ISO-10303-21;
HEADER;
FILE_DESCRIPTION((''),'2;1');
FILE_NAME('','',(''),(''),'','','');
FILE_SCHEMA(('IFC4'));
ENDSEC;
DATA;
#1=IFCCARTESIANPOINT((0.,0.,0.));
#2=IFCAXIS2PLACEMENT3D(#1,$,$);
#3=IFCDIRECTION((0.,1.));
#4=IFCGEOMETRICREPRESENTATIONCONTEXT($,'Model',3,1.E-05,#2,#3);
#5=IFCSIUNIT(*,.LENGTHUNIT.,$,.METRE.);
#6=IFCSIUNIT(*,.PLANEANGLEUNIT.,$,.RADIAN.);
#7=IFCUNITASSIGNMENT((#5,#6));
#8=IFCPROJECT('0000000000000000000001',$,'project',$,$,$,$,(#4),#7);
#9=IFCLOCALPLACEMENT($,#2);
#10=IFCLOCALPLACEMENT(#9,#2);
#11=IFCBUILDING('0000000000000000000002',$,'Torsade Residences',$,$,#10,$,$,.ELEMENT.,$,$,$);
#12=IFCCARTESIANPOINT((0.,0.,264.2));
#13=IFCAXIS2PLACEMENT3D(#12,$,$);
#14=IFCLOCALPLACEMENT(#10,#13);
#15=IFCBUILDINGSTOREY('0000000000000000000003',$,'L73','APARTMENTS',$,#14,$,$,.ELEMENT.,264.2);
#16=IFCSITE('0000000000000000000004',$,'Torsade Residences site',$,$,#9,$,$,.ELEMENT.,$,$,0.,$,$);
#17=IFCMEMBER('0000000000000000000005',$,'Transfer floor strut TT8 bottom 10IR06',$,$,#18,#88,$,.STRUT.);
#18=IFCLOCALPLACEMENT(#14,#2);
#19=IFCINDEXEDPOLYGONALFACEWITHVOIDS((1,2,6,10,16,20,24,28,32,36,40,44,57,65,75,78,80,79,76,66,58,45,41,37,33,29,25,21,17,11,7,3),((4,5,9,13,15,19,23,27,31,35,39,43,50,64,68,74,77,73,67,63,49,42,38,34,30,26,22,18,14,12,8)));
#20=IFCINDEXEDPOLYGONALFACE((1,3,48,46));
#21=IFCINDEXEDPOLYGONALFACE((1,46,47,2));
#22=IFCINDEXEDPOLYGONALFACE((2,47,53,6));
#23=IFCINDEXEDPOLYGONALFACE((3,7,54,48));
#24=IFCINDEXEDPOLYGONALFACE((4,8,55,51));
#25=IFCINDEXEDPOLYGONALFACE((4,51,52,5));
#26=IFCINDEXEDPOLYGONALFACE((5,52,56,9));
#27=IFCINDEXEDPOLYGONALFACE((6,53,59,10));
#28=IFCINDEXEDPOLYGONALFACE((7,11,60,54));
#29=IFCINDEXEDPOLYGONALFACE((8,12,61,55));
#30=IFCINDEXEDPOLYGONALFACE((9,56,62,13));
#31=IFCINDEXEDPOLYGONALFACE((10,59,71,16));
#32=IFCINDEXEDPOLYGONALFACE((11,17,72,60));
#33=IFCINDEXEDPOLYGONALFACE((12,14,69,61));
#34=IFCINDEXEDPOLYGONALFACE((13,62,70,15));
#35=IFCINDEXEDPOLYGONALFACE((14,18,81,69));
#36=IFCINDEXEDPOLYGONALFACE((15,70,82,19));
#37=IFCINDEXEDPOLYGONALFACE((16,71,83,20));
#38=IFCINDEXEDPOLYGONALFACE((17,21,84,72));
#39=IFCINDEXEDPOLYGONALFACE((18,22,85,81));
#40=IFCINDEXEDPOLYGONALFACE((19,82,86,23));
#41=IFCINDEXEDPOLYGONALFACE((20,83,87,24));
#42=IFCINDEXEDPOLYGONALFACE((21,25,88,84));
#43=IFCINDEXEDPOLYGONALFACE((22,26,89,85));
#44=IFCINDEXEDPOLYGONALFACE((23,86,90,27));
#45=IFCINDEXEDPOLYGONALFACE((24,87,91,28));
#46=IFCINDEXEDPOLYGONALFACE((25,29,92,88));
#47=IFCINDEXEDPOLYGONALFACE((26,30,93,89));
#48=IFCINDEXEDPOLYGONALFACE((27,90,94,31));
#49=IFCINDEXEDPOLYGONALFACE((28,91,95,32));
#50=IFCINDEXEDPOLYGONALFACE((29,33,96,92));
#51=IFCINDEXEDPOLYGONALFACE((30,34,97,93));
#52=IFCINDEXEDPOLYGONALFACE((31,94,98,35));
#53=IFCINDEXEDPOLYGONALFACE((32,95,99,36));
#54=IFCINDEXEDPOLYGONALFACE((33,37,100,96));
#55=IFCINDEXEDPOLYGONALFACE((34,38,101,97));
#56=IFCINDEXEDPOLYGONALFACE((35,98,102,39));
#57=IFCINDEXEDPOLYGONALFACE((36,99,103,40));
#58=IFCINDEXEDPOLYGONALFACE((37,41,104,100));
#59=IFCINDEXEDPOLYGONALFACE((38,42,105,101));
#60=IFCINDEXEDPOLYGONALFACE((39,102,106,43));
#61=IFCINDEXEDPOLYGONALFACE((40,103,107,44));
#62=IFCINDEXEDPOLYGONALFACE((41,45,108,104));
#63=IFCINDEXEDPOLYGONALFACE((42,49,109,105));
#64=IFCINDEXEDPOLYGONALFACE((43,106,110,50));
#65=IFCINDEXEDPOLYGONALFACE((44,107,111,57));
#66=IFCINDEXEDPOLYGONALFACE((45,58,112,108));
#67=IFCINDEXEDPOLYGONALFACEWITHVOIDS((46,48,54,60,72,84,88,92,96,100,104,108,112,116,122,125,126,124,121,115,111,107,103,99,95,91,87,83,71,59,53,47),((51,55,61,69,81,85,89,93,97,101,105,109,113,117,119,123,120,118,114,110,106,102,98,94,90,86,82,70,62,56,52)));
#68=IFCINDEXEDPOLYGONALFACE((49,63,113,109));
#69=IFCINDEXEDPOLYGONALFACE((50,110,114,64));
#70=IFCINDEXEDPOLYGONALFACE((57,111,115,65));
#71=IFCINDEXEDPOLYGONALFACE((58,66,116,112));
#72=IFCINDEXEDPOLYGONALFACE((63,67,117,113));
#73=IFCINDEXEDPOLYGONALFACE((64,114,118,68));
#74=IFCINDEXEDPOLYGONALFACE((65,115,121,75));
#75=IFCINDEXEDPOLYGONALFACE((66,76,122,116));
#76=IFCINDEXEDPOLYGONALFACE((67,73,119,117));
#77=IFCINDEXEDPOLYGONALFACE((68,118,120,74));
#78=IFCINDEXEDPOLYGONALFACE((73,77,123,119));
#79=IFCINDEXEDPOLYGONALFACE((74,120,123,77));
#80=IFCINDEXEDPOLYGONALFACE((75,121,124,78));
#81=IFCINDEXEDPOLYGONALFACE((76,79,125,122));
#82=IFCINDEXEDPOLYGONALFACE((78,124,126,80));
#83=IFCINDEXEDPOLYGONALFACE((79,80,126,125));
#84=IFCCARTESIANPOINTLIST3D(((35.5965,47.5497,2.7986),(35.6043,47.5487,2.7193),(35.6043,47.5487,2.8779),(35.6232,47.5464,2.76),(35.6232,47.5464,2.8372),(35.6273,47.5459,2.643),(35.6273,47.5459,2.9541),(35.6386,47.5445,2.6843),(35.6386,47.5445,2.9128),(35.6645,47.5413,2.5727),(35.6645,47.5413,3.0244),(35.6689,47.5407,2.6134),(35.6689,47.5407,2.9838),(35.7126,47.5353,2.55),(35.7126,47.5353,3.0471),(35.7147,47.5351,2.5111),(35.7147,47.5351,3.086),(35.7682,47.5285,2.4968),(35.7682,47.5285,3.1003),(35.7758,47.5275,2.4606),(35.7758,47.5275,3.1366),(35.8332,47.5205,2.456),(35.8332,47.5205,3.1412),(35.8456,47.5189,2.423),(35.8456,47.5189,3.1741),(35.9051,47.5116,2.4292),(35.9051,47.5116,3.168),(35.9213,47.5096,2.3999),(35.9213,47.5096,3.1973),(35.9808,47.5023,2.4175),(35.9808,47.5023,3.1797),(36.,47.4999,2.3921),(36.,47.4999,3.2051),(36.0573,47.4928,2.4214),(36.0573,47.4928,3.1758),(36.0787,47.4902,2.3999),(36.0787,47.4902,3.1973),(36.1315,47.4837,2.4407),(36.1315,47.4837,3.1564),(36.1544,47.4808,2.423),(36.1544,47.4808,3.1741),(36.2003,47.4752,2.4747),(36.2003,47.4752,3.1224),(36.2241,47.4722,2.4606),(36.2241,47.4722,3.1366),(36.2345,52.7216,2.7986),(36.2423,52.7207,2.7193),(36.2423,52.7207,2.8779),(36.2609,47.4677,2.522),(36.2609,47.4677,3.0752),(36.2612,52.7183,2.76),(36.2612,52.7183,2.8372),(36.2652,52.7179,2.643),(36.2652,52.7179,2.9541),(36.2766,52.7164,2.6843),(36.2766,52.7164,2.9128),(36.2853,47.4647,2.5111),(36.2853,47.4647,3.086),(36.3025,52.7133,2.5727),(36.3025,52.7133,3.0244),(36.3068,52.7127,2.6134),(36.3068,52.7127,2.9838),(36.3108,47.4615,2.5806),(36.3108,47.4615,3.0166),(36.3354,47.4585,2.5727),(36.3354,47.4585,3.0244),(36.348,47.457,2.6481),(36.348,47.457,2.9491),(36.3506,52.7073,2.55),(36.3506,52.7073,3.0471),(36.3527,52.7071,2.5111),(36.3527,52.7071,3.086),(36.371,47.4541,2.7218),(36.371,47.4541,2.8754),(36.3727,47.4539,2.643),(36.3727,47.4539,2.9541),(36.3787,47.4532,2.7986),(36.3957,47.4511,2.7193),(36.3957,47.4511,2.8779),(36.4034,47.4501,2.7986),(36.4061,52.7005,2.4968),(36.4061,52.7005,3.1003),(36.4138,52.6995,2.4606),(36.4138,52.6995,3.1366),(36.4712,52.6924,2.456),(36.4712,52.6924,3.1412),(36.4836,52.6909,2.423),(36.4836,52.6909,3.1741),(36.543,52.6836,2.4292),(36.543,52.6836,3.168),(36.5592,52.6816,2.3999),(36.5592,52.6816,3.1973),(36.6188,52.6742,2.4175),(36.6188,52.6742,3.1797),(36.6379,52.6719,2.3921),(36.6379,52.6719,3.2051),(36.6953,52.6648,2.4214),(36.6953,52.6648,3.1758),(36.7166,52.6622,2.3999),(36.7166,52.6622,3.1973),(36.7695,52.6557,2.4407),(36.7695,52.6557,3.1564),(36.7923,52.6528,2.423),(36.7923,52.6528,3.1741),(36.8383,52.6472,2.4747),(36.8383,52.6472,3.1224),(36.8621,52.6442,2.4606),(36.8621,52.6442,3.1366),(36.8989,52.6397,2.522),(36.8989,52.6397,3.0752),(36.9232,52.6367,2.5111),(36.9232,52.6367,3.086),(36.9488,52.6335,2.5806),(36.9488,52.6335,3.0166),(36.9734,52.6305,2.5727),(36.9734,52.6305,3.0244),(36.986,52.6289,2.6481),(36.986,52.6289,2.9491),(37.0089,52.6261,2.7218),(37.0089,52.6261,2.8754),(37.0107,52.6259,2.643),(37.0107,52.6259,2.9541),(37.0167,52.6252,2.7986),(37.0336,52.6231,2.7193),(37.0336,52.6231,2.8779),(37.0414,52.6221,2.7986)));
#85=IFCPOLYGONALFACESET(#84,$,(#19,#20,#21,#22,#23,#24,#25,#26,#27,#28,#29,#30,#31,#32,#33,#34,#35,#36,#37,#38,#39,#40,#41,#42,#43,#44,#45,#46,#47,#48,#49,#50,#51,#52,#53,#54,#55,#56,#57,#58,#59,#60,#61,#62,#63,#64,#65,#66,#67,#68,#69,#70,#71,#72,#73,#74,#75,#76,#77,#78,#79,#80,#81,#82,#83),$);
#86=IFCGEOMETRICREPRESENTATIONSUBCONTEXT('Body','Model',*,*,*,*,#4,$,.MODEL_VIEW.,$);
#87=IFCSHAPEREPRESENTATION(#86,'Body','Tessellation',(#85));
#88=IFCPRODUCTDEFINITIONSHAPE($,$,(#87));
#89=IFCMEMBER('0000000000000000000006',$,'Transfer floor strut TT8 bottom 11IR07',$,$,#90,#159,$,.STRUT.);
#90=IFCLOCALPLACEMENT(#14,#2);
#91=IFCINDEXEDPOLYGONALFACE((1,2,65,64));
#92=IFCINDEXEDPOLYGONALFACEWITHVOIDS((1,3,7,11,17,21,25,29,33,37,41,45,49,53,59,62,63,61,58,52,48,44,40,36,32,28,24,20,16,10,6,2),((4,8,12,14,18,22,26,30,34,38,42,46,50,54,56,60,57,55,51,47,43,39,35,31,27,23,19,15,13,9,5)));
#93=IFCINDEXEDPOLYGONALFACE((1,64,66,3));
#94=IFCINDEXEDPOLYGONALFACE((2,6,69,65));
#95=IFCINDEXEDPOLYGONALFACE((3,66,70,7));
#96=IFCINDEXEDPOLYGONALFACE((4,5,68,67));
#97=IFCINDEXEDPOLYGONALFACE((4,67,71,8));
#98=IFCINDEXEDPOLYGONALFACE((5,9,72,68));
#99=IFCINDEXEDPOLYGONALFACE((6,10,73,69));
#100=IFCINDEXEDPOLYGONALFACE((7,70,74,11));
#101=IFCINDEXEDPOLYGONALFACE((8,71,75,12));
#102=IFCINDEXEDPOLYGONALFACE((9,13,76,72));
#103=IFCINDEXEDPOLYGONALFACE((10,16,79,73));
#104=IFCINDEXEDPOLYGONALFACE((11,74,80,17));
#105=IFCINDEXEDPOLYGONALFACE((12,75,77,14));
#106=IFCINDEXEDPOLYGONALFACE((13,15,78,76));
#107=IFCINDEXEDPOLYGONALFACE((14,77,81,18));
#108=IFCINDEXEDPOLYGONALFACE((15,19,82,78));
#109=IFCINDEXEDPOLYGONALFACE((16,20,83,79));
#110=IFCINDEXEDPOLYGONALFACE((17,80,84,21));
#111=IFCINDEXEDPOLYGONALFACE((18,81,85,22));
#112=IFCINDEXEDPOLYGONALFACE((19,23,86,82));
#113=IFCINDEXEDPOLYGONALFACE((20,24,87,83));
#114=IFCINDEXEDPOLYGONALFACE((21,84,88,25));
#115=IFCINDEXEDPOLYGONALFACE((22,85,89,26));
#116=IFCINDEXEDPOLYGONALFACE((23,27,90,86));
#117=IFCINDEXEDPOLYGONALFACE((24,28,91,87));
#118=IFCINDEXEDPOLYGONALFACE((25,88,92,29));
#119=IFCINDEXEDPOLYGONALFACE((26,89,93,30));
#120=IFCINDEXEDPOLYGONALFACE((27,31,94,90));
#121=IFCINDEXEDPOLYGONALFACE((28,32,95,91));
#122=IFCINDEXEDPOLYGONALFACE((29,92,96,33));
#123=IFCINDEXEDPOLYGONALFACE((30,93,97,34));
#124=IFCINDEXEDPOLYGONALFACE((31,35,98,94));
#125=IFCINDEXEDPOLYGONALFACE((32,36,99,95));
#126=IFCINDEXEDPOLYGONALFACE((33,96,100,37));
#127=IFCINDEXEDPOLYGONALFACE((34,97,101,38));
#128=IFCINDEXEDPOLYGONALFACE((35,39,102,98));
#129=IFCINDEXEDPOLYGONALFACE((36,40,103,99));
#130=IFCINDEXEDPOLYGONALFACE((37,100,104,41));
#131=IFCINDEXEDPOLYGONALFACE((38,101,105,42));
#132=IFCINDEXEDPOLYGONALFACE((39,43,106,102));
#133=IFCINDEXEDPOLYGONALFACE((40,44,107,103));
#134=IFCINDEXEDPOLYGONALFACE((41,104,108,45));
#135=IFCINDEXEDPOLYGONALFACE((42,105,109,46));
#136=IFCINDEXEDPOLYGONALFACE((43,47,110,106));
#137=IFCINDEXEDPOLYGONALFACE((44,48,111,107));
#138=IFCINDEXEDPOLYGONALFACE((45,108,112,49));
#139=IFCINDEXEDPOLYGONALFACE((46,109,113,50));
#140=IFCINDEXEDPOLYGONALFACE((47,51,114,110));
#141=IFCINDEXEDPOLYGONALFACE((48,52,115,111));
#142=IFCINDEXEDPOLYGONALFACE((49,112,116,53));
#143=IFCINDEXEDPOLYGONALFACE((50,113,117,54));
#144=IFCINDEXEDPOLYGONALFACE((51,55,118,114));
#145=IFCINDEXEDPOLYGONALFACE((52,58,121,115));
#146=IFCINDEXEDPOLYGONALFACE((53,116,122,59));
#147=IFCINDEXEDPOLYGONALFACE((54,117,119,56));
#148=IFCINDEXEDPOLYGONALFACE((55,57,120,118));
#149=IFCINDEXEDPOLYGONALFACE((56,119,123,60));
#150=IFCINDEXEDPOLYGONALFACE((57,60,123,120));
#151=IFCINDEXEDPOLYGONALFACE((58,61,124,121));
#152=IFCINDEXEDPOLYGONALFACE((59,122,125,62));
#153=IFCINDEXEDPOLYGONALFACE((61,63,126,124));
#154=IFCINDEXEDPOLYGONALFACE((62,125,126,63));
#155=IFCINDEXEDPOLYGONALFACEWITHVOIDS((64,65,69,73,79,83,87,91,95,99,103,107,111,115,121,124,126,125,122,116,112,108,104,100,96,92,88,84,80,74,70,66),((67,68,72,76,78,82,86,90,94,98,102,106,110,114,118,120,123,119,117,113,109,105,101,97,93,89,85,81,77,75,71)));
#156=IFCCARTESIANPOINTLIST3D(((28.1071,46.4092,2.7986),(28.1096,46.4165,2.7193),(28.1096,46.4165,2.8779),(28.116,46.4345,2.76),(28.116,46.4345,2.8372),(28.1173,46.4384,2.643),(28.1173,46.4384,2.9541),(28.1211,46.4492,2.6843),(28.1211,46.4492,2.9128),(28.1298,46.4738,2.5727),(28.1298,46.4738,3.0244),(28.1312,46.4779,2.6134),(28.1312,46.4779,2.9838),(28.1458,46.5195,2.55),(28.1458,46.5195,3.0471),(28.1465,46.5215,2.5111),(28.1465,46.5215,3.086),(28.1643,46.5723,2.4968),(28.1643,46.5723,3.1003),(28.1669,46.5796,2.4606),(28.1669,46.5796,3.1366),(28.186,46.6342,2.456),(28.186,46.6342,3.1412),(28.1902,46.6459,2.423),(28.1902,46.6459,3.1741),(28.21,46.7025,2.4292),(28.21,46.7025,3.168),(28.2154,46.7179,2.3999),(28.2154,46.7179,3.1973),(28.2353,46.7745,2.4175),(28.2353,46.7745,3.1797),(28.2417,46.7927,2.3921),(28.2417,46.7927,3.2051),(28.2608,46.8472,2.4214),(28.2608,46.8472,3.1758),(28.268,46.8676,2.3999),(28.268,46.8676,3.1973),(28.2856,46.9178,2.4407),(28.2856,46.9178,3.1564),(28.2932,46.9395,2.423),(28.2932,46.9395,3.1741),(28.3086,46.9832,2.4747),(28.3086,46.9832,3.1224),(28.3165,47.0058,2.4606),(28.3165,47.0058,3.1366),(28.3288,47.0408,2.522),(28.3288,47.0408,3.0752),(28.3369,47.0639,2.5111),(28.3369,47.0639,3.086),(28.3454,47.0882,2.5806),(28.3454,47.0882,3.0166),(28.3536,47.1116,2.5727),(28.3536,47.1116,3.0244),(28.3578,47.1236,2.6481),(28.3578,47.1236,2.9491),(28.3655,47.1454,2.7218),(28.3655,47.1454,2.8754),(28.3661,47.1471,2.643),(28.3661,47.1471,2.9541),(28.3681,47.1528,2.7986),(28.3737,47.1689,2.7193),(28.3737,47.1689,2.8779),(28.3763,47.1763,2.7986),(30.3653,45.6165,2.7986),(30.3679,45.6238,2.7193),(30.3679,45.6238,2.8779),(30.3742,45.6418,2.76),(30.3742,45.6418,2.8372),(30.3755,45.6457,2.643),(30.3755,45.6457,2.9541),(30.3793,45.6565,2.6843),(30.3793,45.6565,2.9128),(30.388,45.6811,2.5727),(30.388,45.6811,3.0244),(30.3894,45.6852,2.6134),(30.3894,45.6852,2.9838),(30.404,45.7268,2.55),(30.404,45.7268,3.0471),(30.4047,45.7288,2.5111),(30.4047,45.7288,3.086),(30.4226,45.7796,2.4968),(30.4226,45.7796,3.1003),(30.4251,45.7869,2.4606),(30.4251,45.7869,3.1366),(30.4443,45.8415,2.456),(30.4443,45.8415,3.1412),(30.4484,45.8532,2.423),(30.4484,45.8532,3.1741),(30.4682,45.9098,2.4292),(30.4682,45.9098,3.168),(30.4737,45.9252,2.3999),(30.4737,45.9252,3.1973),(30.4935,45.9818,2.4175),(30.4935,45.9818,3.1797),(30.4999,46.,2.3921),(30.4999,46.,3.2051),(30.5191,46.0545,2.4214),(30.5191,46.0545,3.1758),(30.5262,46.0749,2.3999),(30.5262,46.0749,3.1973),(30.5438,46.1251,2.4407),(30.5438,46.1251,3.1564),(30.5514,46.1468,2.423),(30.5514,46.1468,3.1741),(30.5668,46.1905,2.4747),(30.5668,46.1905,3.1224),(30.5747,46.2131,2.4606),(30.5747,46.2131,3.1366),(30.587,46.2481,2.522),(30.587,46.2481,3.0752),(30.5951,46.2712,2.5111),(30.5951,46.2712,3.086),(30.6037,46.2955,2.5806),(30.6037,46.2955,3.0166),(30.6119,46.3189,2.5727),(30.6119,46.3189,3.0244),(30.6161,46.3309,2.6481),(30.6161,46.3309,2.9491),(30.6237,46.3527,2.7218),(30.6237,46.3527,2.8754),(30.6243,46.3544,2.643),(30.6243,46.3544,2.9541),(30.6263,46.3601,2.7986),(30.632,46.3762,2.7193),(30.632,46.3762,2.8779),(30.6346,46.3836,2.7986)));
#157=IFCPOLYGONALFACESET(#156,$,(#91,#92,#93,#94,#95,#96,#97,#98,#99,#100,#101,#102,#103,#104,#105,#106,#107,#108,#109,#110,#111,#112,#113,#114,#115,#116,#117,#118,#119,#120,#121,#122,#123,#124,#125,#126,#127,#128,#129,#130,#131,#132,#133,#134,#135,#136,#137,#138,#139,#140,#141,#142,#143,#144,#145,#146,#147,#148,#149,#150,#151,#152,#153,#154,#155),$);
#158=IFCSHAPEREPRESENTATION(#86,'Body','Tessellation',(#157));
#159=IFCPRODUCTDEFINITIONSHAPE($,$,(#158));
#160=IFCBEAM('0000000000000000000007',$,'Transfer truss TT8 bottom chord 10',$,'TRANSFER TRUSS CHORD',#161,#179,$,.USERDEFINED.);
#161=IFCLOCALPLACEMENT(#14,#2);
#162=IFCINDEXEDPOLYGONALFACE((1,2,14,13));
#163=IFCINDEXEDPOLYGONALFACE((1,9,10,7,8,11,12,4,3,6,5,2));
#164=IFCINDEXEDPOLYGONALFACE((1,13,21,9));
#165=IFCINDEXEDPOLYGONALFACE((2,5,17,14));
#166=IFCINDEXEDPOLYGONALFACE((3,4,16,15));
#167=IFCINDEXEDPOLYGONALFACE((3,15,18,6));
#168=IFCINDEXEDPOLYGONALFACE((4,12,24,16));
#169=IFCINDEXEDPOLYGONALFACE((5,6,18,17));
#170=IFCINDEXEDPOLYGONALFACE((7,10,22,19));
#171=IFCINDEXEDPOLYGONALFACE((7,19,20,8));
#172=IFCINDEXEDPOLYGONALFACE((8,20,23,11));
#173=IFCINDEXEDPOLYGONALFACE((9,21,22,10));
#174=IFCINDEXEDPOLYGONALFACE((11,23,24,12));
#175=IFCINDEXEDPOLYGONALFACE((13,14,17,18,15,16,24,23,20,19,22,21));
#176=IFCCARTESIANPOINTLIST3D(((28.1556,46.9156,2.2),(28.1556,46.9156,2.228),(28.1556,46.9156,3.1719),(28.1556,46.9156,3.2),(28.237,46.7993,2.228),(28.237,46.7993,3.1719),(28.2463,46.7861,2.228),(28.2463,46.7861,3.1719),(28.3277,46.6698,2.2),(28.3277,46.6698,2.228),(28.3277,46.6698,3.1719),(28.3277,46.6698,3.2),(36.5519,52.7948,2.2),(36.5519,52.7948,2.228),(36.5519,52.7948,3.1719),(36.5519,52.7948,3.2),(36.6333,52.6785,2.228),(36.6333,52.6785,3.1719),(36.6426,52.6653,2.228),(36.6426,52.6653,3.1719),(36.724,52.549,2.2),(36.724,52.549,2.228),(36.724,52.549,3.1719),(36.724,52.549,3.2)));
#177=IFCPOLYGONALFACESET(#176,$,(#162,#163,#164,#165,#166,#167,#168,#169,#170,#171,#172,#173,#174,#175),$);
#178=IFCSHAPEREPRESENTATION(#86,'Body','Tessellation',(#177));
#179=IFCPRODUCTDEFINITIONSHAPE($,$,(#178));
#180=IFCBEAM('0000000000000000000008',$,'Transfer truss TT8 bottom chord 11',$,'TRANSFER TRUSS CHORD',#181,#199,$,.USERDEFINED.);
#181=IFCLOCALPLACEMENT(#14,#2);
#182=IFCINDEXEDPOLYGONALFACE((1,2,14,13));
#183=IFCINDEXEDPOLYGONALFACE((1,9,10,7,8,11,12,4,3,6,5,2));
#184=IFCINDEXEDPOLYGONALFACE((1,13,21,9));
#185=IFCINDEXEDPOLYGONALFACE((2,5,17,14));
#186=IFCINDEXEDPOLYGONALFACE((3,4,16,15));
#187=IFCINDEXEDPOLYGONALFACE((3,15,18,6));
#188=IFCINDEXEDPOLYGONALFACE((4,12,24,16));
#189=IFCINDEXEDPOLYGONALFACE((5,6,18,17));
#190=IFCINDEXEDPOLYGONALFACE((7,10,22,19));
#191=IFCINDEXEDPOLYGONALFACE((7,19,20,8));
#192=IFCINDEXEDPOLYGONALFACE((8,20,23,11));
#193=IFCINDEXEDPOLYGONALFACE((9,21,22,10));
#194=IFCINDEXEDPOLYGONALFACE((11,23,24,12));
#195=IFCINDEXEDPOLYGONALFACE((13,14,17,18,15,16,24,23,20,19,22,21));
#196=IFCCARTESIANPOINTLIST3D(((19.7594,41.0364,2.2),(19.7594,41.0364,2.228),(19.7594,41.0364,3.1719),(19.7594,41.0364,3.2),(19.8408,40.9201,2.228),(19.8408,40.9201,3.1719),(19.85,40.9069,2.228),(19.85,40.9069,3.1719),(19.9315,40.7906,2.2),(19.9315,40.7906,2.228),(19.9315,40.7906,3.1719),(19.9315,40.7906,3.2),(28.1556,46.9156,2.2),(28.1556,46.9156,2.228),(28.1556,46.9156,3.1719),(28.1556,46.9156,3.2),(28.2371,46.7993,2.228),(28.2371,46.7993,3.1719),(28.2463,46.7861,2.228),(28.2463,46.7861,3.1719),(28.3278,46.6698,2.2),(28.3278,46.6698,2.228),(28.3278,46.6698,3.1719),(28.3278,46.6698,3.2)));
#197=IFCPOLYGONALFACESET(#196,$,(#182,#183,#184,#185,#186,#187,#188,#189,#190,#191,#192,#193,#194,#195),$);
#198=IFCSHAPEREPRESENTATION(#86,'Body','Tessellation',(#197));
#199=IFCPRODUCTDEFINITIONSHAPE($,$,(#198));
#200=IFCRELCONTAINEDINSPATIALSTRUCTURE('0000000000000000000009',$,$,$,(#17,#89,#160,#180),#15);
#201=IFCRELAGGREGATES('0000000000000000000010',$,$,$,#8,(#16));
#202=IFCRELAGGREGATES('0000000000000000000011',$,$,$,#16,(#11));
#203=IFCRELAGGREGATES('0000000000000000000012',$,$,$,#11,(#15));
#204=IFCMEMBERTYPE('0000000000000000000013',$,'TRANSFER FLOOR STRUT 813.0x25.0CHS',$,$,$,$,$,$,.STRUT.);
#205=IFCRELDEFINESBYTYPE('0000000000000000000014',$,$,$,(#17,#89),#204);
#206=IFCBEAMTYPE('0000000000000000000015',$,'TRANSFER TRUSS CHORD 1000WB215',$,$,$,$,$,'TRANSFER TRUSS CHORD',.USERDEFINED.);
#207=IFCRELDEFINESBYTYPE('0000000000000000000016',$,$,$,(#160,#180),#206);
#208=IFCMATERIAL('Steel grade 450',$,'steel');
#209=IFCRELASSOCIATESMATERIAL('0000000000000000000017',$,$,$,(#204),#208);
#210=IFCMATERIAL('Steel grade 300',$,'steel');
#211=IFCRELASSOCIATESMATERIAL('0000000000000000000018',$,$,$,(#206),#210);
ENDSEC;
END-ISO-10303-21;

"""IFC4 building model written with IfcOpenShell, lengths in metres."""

from ifc_helpers import new_model, si_unit, direction, frame, origin, origin_2d, place, context, subcontext, project, spatial, hollow_circle, i_section, extrude, material, material_profile, profile_set, type_object, element, save


model = new_model("IFC4")

# Units and contexts
model_context = context("Model", 3, precision=1e-05, world=origin(), true_north=direction((0.0, 1.0)))
body_context = subcontext(model_context, "Body", "Model", "MODEL_VIEW")
ifc_project = project(units=[si_unit("LENGTHUNIT", "METRE"), si_unit("PLANEANGLEUNIT", "RADIAN")], contexts=[model_context])

# Site, building, storey
site_placement = place(None, origin())
site = spatial("IfcSite", under=ifc_project, at=site_placement, Name="Torsade Residences site", CompositionType="ELEMENT", RefElevation=0.0)
building_placement = place(site_placement, origin())
building = spatial("IfcBuilding", under=site, at=building_placement, Name="Torsade Residences", CompositionType="ELEMENT")
storey_placement = place(building_placement, frame((0.0, 0.0, 264.2)))
storey = spatial("IfcBuildingStorey", under=building, at=storey_placement, Name="L73", Description="APARTMENTS", CompositionType="ELEMENT", Elevation=264.2)

# Members
ifc_material_1 = material(Name="Steel grade 450", Category="steel")
ifc_material_profile_1 = material_profile(ifc_material_1, hollow_circle(Radius=0.4065, WallThickness=0.0249, at=origin_2d()), Name="813.0x25.0CHS")
ifc_profile_set_1 = profile_set([ifc_material_profile_1], Name="Steel grade 450")
member_type_1 = type_object("IfcMemberType", Name="TRANSFER FLOOR STRUT 813.0x25.0CHS", PredefinedType="STRUT", material=ifc_profile_set_1)
member_1_placement = place(storey_placement, frame((36.6379, 52.6719, 2.7986), z_axis=(-0.12242, -0.992478, 0.0), x_axis=(0.992478, -0.12242, 0.0)))
element("IfcMember", 1, at=member_1_placement, inside=storey, type_object=member_type_1, Name="Transfer floor strut TT8 bottom 10IR06", PredefinedType="STRUT", context=body_context, shape_type="SweptSolid", body=[
    extrude(hollow_circle(Radius=0.4065, WallThickness=0.0249, at=origin_2d()), origin(), (0.0, 0.0, 1.0), 5.2112),
])
member_2_placement = place(storey_placement, frame((28.2417, 46.7927, 2.7986), z_axis=(0.943556, -0.331214, 0.0), x_axis=(0.331214, 0.943556, 0.0)))
element("IfcMember", 2, at=member_2_placement, inside=storey, type_object=member_type_1, Name="Transfer floor strut TT8 bottom 11IR07", PredefinedType="STRUT", context=body_context, shape_type="SweptSolid", body=[
    extrude(hollow_circle(Radius=0.4065, WallThickness=0.0249, at=origin_2d()), origin(), (0.0, 0.0, 1.0), 2.3933),
])

# Beams
ifc_material_2 = material(Name="Steel grade 300", Category="steel")
ifc_material_profile_2 = material_profile(ifc_material_2, i_section(OverallWidth=0.3, OverallDepth=1.0, WebThickness=0.0161, FlangeThickness=0.0281, at=origin_2d()), Name="1000WB215")
ifc_profile_set_2 = profile_set([ifc_material_profile_2], Name="Steel grade 300")
beam_type_1 = type_object("IfcBeamType", Name="TRANSFER TRUSS CHORD 1000WB215", ElementType="TRANSFER TRUSS CHORD", PredefinedType="USERDEFINED", material=ifc_profile_set_2)
for number, where, z_axis, x_axis, name in (
    (3, (36.6379, 52.6719, 2.7), (-0.81915, -0.573579, 0.0), (0.573579, -0.81915, 0.0), "Transfer truss TT8 bottom chord 10"),
    (4, (28.2417, 46.7927, 2.7), (-0.81915, -0.573579, 0.0), (0.573579, -0.81915, 0.0), "Transfer truss TT8 bottom chord 11"),
):
    element("IfcBeam", number, at=place(storey_placement, frame(where, z_axis=z_axis, x_axis=x_axis)), inside=storey, type_object=beam_type_1, Name=name, ObjectType="TRANSFER TRUSS CHORD", PredefinedType="USERDEFINED", context=body_context, shape_type="SweptSolid", body=[
        extrude(i_section(OverallWidth=0.3, OverallDepth=1.0, WebThickness=0.0161, FlangeThickness=0.0281, at=origin_2d()), origin(), (0.0, 0.0, 1.0), 10.25),
    ])

save(model, "model.ifc")
